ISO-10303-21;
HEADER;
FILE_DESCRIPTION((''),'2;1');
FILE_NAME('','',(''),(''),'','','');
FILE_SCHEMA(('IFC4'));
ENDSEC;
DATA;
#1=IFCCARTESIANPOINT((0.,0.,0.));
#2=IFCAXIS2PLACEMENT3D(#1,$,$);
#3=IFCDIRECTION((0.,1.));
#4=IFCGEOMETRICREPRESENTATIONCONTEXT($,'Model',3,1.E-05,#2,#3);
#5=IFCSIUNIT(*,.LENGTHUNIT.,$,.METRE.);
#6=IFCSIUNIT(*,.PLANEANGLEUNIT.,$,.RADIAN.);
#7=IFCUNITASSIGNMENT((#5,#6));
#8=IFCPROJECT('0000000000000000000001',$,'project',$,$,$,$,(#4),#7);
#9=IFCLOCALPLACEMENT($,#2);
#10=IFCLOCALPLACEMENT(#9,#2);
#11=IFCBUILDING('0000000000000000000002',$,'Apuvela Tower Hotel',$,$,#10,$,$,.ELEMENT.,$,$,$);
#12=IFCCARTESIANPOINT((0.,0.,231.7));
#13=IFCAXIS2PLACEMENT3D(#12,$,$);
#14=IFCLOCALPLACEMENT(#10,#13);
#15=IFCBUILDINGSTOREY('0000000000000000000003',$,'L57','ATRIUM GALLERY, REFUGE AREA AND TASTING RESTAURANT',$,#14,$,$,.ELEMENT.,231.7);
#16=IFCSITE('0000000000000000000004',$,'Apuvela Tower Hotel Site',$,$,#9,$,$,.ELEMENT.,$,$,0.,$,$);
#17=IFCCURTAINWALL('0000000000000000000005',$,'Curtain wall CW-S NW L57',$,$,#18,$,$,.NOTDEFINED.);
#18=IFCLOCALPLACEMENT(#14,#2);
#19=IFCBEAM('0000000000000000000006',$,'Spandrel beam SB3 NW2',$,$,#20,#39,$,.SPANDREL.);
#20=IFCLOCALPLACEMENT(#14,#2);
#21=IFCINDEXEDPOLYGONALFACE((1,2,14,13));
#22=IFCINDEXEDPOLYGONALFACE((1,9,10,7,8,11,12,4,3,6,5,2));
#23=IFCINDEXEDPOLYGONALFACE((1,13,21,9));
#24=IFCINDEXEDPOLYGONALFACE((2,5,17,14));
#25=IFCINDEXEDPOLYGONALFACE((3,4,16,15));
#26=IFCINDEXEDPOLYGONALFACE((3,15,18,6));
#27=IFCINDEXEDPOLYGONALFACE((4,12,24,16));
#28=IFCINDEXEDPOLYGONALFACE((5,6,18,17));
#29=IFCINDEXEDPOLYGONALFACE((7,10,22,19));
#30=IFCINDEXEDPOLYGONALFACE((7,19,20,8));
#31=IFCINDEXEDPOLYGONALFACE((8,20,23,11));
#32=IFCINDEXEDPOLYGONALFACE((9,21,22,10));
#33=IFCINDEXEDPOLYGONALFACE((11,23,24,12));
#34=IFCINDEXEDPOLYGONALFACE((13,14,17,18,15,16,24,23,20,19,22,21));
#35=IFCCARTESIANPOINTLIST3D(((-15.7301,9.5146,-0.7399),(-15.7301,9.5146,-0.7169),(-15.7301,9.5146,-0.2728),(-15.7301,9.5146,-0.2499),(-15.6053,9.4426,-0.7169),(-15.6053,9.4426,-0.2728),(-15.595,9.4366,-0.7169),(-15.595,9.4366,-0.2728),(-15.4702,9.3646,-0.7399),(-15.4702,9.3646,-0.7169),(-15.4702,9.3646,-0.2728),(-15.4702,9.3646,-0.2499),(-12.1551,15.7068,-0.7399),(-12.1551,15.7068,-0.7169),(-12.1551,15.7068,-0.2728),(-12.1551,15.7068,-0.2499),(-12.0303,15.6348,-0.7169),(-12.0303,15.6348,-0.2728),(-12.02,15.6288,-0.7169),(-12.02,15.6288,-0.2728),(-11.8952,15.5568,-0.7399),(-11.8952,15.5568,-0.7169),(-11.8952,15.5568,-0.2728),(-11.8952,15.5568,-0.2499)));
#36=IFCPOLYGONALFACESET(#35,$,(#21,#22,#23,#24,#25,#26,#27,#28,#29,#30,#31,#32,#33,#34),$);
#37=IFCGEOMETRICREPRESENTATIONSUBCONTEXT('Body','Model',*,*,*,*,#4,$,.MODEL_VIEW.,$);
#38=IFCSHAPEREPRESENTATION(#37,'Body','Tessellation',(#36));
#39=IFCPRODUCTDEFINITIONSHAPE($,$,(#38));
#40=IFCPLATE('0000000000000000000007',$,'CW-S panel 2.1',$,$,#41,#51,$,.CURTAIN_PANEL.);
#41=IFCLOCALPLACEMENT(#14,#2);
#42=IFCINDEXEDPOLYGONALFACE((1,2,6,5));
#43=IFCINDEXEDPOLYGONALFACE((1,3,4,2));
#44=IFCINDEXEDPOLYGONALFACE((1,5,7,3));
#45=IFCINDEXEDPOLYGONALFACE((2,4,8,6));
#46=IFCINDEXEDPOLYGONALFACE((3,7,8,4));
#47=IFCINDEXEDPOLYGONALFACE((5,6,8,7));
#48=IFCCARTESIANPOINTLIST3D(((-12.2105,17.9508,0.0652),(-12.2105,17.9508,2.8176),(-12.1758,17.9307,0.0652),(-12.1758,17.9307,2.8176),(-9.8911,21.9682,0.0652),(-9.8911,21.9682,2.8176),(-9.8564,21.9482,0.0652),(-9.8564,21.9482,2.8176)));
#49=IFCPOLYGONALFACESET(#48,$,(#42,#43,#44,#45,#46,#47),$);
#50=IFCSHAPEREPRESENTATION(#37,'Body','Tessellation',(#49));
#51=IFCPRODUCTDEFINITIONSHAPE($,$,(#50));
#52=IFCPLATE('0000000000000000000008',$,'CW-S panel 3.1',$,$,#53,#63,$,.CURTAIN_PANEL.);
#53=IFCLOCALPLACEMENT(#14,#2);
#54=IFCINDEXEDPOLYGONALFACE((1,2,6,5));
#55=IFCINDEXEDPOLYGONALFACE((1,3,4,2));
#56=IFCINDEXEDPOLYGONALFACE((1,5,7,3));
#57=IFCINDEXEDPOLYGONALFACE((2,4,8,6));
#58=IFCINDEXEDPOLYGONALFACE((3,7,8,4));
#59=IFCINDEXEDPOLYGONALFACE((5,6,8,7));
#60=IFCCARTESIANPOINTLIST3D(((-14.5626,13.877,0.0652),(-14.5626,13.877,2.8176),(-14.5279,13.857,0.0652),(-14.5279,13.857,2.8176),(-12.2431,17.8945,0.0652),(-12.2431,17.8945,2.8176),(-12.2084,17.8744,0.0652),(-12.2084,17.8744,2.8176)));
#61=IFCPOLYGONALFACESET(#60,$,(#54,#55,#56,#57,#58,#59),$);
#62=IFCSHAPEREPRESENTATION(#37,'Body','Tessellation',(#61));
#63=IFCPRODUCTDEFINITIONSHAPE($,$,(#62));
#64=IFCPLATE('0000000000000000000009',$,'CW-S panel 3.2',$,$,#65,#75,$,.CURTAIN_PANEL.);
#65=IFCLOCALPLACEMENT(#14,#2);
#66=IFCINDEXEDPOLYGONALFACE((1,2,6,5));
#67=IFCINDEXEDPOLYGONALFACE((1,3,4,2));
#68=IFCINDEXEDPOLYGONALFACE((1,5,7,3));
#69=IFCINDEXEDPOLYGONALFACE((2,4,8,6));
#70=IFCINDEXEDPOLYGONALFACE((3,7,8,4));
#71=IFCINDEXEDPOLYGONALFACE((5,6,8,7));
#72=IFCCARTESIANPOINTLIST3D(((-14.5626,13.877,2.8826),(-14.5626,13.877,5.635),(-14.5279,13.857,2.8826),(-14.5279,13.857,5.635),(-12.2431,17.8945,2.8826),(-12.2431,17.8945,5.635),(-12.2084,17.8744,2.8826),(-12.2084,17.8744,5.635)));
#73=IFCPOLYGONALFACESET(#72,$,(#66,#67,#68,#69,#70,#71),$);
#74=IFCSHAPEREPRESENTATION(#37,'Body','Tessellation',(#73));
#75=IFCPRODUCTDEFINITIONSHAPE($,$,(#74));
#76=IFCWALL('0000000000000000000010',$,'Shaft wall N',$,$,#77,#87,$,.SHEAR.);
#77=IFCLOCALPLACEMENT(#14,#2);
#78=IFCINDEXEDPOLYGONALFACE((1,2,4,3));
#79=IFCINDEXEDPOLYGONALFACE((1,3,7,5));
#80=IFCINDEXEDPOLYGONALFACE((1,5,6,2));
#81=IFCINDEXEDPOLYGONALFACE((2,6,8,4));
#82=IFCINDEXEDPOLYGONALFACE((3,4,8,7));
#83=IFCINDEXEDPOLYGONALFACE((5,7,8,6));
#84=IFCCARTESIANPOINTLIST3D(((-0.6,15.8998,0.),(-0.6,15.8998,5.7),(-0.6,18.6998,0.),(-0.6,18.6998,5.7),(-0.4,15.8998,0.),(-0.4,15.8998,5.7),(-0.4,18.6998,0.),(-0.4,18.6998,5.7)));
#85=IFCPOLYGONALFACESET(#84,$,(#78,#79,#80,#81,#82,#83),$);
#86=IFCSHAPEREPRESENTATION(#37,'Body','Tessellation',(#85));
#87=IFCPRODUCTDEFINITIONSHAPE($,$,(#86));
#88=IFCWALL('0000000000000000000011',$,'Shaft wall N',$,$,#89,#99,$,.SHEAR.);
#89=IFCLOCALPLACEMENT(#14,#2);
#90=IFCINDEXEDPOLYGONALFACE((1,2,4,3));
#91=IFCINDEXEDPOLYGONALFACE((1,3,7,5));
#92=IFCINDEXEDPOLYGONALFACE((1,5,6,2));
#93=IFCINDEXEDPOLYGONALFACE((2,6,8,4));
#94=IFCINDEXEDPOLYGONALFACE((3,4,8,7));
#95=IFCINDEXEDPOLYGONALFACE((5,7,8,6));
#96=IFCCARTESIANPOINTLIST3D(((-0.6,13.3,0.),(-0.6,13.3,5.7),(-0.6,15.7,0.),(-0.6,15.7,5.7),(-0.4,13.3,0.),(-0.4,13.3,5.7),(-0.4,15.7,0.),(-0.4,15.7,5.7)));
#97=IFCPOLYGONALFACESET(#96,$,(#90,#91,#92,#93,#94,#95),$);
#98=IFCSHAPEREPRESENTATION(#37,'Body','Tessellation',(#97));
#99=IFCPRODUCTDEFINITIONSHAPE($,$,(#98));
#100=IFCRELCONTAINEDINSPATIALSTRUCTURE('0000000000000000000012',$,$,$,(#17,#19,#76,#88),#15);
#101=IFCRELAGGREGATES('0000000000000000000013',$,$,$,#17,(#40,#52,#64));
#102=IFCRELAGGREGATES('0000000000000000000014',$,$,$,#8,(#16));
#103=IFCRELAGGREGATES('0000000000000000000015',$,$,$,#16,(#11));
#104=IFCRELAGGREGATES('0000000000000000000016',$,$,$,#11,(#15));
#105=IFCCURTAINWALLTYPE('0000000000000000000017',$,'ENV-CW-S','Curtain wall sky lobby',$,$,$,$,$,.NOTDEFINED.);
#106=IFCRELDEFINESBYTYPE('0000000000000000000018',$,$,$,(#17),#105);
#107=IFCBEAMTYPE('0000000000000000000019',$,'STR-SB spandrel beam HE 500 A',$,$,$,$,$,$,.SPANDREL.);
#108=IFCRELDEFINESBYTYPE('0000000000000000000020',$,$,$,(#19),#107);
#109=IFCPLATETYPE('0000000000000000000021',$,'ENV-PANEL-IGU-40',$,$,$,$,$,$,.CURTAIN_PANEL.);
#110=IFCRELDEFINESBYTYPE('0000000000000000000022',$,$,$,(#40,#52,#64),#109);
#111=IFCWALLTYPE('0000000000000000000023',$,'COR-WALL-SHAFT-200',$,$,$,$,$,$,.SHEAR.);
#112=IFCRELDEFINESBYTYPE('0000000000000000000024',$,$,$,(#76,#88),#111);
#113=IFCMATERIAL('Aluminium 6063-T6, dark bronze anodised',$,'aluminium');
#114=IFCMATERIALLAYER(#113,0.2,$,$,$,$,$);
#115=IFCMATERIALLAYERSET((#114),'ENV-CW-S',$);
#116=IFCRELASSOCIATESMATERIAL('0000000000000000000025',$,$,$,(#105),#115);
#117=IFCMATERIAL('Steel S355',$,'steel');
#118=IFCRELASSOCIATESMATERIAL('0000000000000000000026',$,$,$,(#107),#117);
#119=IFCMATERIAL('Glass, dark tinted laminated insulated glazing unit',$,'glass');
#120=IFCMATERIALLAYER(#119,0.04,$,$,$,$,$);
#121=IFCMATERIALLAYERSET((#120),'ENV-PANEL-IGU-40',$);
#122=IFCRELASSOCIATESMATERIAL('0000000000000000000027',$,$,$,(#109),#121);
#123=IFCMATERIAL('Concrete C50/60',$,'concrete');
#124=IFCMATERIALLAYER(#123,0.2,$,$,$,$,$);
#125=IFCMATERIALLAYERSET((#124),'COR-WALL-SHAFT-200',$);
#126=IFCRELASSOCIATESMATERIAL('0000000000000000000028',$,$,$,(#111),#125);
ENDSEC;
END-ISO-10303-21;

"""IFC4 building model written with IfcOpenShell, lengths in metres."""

from ifc_helpers import new_model, si_unit, direction, frame, frame_2d, origin, origin_2d, place, context, subcontext, project, spatial, rectangle, i_section, extrude, material, layer, layer_set, material_profile, profile_set, type_object, element, aggregate, save


model = new_model("IFC4")

# Units and contexts
model_context = context("Model", 3, precision=1e-05, world=origin(), true_north=direction((0.0, 1.0)))
body_context = subcontext(model_context, "Body", "Model", "MODEL_VIEW")
ifc_project = project(units=[si_unit("LENGTHUNIT", "METRE"), si_unit("PLANEANGLEUNIT", "RADIAN")], contexts=[model_context])

# Site, building, storey
site_placement = place(None, origin())
site = spatial("IfcSite", under=ifc_project, at=site_placement, Name="Apuvela Tower Hotel Site", CompositionType="ELEMENT", RefElevation=0.0)
building_placement = place(site_placement, origin())
building = spatial("IfcBuilding", under=site, at=building_placement, Name="Apuvela Tower Hotel", CompositionType="ELEMENT")
storey_placement = place(building_placement, frame((0.0, 0.0, 231.7)))
storey = spatial("IfcBuildingStorey", under=building, at=storey_placement, Name="L57", Description="ATRIUM GALLERY, REFUGE AREA AND TASTING RESTAURANT", CompositionType="ELEMENT", Elevation=231.7)

# Curtain wall
ifc_material_1 = material(Name="Aluminium 6063-T6, dark bronze anodised", Category="aluminium")
ifc_layer_1 = layer(ifc_material_1, 0.2)
ifc_layer_set_1 = layer_set([ifc_layer_1], Name="ENV-CW-S")
curtain_wall_type = type_object("IfcCurtainWallType", Name="ENV-CW-S", Description="Curtain wall sky lobby", PredefinedType="NOTDEFINED", material=ifc_layer_set_1)
curtain_wall_placement = place(storey_placement, origin())
curtain_wall = element("IfcCurtainWall", 1, at=curtain_wall_placement, inside=storey, type_object=curtain_wall_type, Name="Curtain wall CW-S NW L57", PredefinedType="NOTDEFINED")

# Beam
ifc_material_2 = material(Name="Steel S355", Category="steel")
ifc_material_profile_1 = material_profile(ifc_material_2, i_section(OverallWidth=0.3, OverallDepth=0.49, WebThickness=0.012, FlangeThickness=0.0229, at=origin_2d()), Name="HE 500 A")
ifc_profile_set_1 = profile_set([ifc_material_profile_1], Name="Steel S355")
beam_type_1 = type_object("IfcBeamType", Name="STR-SB spandrel beam HE 500 A", PredefinedType="SPANDREL", material=ifc_profile_set_1)
beam_1_placement = place(storey_placement, frame((-12.0251, 15.6318, -0.4949), z_axis=(-0.499991, -0.86603, 0.0), x_axis=(0.86603, -0.499991, 0.0)))
element("IfcBeam", 2, at=beam_1_placement, inside=storey, type_object=beam_type_1, Name="Spandrel beam SB3 NW2", PredefinedType="SPANDREL", context=body_context, shape_type="SweptSolid", body=[
    extrude(i_section(OverallWidth=0.3, OverallDepth=0.49, WebThickness=0.012, FlangeThickness=0.0229, at=origin_2d()), origin(), (0.0, 0.0, 1.0), 7.1501),
])

# Plates
ifc_material_3 = material(Name="Glass, dark tinted laminated insulated glazing unit", Category="glass")
ifc_layer_2 = layer(ifc_material_3, 0.04)
ifc_layer_set_2 = layer_set([ifc_layer_2], Name="ENV-PANEL-IGU-40")
plate_type = type_object("IfcPlateType", Name="ENV-PANEL-IGU-40", PredefinedType="CURTAIN_PANEL", material=ifc_layer_set_2)
plate_1_placement = place(storey_placement, frame((-11.0334, 19.9495, 0.0652), z_axis=(0.0, 0.0, 1.0), x_axis=(-0.499999, -0.866026, 0.0)))
plate_1 = element("IfcPlate", 3, at=plate_1_placement, type_object=plate_type, Name="CW-S panel 2.1", PredefinedType="CURTAIN_PANEL", context=body_context, shape_type="SweptSolid", body=[
    extrude(rectangle(XDim=4.6389, YDim=0.04, at=origin_2d()), origin(), (0.0, 0.0, 1.0), 2.7524),
])
plate_2_placement = place(storey_placement, frame((-13.3855, 15.8757, 0.0652), z_axis=(0.0, 0.0, 1.0), x_axis=(-0.499999, -0.866026, 0.0)))
plate_2 = element("IfcPlate", 4, at=plate_2_placement, type_object=plate_type, Name="CW-S panel 3.1", PredefinedType="CURTAIN_PANEL", context=body_context, shape_type="SweptSolid", body=[
    extrude(rectangle(XDim=4.6389, YDim=0.04, at=origin_2d()), origin(), (0.0, 0.0, 1.0), 2.7524),
])
plate_3_placement = place(storey_placement, frame((-13.3855, 15.8757, 2.8826), z_axis=(0.0, 0.0, 1.0), x_axis=(-0.499999, -0.866026, 0.0)))
plate_3 = element("IfcPlate", 5, at=plate_3_placement, type_object=plate_type, Name="CW-S panel 3.2", PredefinedType="CURTAIN_PANEL", context=body_context, shape_type="SweptSolid", body=[
    extrude(rectangle(XDim=4.6389, YDim=0.04, at=origin_2d()), origin(), (0.0, 0.0, 1.0), 2.7524),
])
aggregate(curtain_wall, [plate_1, plate_2, plate_3])

# Walls
ifc_material_4 = material(Name="Concrete C50/60", Category="concrete")
ifc_layer_3 = layer(ifc_material_4, 0.2)
ifc_layer_set_3 = layer_set([ifc_layer_3], Name="COR-WALL-SHAFT-200")
wall_type_1 = type_object("IfcWallType", Name="COR-WALL-SHAFT-200", PredefinedType="SHEAR", material=ifc_layer_set_3)
wall_1_placement = place(storey_placement, frame((-0.5, 15.8999, 0.0), z_axis=(0.0, 0.0, 1.0), x_axis=(0.0, 1.0, 0.0)))
element("IfcWall", 6, at=wall_1_placement, inside=storey, type_object=wall_type_1, Name="Shaft wall N", PredefinedType="SHEAR", context=body_context, shape_type="SweptSolid", body=[
    extrude(rectangle(XDim=2.8, YDim=0.2, at=frame_2d((1.3999, 0.0))), origin(), (0.0, 0.0, 1.0), 5.7),
])
wall_2_placement = place(storey_placement, frame((-0.5, 13.3, 0.0), z_axis=(0.0, 0.0, 1.0), x_axis=(0.0, 1.0, 0.0)))
element("IfcWall", 7, at=wall_2_placement, inside=storey, type_object=wall_type_1, Name="Shaft wall N", PredefinedType="SHEAR", context=body_context, shape_type="SweptSolid", body=[
    extrude(rectangle(XDim=2.3999, YDim=0.2, at=frame_2d((1.2, 0.0))), origin(), (0.0, 0.0, 1.0), 5.7),
])

save(model, "model.ifc")
